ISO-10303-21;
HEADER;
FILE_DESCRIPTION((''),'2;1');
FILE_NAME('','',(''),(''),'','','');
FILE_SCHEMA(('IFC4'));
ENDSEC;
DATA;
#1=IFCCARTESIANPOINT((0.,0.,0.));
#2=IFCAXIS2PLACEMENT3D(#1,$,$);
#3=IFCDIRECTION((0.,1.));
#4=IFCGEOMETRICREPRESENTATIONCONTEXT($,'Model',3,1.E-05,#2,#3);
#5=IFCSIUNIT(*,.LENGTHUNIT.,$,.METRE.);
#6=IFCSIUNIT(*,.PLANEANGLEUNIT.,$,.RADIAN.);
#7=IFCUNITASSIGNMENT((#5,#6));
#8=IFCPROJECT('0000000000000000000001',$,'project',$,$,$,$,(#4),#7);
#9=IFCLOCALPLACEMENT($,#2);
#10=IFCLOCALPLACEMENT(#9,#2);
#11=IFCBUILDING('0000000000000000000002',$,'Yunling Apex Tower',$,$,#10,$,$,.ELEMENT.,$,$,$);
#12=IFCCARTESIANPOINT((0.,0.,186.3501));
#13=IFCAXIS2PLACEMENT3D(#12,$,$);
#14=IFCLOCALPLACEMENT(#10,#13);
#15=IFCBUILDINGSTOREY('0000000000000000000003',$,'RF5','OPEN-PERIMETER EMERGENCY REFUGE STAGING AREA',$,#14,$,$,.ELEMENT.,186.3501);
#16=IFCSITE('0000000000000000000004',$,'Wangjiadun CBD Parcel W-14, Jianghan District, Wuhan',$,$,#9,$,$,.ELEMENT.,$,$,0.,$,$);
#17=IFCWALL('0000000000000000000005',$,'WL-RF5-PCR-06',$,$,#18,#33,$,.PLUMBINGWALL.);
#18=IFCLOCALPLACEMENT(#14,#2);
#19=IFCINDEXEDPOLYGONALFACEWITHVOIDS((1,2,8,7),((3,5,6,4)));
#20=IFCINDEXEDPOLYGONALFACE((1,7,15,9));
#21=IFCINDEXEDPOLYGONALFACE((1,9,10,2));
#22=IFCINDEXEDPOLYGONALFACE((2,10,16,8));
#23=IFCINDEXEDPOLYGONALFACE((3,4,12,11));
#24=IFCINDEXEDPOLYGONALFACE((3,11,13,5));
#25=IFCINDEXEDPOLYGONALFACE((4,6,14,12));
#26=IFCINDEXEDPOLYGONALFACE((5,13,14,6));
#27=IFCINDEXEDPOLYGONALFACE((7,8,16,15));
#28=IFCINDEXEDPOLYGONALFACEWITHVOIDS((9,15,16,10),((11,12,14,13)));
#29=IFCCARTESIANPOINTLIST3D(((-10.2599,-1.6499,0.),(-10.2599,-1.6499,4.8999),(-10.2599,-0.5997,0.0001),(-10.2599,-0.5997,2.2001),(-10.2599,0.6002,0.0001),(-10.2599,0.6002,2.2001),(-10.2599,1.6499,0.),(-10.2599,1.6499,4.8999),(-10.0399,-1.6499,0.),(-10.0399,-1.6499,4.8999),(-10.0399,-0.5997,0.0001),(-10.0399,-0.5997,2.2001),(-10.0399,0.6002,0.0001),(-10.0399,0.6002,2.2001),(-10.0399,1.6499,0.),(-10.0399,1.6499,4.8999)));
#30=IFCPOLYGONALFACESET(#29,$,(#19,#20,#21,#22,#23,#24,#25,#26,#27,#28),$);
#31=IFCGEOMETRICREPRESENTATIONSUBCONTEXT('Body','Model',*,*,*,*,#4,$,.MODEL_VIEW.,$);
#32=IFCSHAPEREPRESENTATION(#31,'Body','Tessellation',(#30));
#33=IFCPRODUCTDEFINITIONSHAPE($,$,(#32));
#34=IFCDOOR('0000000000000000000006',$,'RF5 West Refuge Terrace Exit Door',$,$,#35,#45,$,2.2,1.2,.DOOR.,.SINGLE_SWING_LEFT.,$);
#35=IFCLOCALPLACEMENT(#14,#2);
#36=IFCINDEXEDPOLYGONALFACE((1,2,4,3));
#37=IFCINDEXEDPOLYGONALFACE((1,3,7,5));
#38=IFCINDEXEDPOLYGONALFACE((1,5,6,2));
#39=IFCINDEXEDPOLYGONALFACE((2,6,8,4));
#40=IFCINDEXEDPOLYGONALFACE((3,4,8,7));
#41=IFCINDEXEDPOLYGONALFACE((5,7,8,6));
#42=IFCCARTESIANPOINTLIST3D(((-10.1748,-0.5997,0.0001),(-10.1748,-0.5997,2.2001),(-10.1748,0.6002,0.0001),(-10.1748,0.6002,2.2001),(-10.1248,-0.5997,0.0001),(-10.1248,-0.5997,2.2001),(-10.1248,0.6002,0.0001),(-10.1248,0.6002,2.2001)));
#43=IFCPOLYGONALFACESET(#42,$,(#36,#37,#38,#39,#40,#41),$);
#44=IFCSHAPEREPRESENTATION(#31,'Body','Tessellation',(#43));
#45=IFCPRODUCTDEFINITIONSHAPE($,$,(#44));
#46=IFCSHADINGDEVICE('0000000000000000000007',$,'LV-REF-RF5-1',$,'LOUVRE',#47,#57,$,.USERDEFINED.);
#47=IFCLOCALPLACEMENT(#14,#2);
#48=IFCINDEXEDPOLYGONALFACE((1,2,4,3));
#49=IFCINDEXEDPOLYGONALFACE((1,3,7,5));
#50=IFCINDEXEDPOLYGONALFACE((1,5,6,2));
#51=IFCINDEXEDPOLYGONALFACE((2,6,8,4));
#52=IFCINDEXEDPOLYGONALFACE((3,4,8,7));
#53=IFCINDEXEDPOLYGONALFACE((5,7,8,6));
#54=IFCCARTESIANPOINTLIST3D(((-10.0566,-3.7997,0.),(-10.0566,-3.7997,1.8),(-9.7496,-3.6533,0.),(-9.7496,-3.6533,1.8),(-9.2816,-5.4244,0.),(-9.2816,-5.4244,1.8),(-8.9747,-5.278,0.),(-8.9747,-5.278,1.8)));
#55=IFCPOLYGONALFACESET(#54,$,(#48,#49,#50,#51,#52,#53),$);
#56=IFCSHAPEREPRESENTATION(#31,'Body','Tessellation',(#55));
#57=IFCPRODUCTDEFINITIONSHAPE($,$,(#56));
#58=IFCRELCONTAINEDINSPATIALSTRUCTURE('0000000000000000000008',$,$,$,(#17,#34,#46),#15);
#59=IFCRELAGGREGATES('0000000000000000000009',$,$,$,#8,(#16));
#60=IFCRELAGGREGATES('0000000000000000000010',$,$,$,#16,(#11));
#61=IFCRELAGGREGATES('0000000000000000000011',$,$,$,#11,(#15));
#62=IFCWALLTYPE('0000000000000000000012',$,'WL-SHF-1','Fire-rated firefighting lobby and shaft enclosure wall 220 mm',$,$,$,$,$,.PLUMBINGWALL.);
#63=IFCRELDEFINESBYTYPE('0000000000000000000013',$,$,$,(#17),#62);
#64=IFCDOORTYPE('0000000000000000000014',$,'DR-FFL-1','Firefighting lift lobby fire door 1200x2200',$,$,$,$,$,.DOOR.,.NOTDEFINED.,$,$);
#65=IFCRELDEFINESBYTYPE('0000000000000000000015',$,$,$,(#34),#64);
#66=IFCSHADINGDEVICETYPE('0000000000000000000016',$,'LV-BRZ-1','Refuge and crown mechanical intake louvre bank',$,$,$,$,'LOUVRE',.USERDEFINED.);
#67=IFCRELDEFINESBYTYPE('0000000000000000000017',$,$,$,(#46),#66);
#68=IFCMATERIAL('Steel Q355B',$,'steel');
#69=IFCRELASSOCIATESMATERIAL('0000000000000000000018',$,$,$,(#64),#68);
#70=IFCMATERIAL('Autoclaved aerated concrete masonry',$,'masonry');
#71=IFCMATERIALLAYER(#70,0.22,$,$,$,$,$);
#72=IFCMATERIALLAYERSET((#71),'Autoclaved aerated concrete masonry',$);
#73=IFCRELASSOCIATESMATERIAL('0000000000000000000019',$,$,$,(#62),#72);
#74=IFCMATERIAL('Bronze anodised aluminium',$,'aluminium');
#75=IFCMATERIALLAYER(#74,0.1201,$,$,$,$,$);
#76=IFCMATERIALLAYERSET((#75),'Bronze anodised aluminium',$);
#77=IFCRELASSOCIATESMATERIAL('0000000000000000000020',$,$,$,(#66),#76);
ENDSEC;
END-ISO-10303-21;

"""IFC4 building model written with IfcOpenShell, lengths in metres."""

from ifc_helpers import new_model, si_unit, direction, frame, frame_2d, origin, origin_2d, place, context, subcontext, project, spatial, rectangle, extrude, source, transform, mapped, material, layer, layer_set, type_object, element, fill, save


model = new_model("IFC4")

# Units and contexts
model_context = context("Model", 3, precision=1e-05, world=origin(), true_north=direction((0.0, 1.0)))
body_context = subcontext(model_context, "Body", "Model", "MODEL_VIEW")
ifc_project = project(units=[si_unit("LENGTHUNIT", "METRE"), si_unit("PLANEANGLEUNIT", "RADIAN")], contexts=[model_context])

# Site, building, storey
site_placement = place(None, origin())
site = spatial("IfcSite", under=ifc_project, at=site_placement, Name="Wangjiadun CBD Parcel W-14, Jianghan District, Wuhan", CompositionType="ELEMENT", RefElevation=0.0)
building_placement = place(site_placement, origin())
building = spatial("IfcBuilding", under=site, at=building_placement, Name="Yunling Apex Tower", CompositionType="ELEMENT")
storey_placement = place(building_placement, frame((0.0, 0.0, 186.3501)))
storey = spatial("IfcBuildingStorey", under=building, at=storey_placement, Name="RF5", Description="OPEN-PERIMETER EMERGENCY REFUGE STAGING AREA", CompositionType="ELEMENT", Elevation=186.3501)

# Shared definitions
ifc_material_1 = material(Name="Steel Q355B", Category="steel")

# Shared definitions
door_type = type_object("IfcDoorType", Name="DR-FFL-1", Description="Firefighting lift lobby fire door 1200x2200", OperationType="NOTDEFINED", PredefinedType="DOOR", material=ifc_material_1)

# Shared definitions
ifc_material_2 = material(Name="Autoclaved aerated concrete masonry", Category="masonry")
ifc_layer_1 = layer(ifc_material_2, 0.22)
ifc_layer_set_1 = layer_set([ifc_layer_1], Name="Autoclaved aerated concrete masonry")
wall_type_1 = type_object("IfcWallType", Name="WL-SHF-1", Description="Fire-rated firefighting lobby and shaft enclosure wall 220 mm", PredefinedType="PLUMBINGWALL", material=ifc_layer_set_1)

# Wall, opening, door
wall_1_placement = place(storey_placement, frame((-10.1499, -1.6499, 0.0), z_axis=(0.0, 0.0, 1.0), x_axis=(0.0, 1.0, 0.0)))
wall_1 = element("IfcWall", 1, at=wall_1_placement, inside=storey, type_object=wall_type_1, Name="WL-RF5-PCR-06", PredefinedType="PLUMBINGWALL", context=body_context, shape_type="SweptSolid", body=[
    extrude(rectangle(XDim=3.2998, YDim=0.22, at=frame_2d((1.6499, 0.0))), origin(), (0.0, 0.0, 1.0), 4.8999),
])
opening_1_placement = place(wall_1_placement, frame((1.05, 0.0, 0.0)))
opening_1 = element("IfcOpeningElement", 2, at=opening_1_placement, cuts=wall_1, PredefinedType="OPENING", context=body_context, shape_type="SweptSolid", body=[
    extrude(rectangle(XDim=1.2, YDim=2.2, at=frame_2d((0.6001, 1.1001))), frame((0.0, 0.1201, 0.0), z_axis=(0.0, -1.0, 0.0), x_axis=(1.0, 0.0, 0.0)), (0.0, 0.0, 1.0), 0.24),
])
door_1_placement = place(opening_1_placement, origin())
door_1 = element("IfcDoor", 3, at=door_1_placement, inside=storey, type_object=door_type, Name="RF5 West Refuge Terrace Exit Door", OperationType="SINGLE_SWING_LEFT", OverallHeight=2.2, OverallWidth=1.2, PredefinedType="DOOR", context=body_context, shape_type="SweptSolid", body=[
    extrude(rectangle(XDim=1.2, YDim=2.2, at=frame_2d((0.6001, 1.1001))), frame((0.0, 0.0249, 0.0), z_axis=(0.0, -1.0, 0.0), x_axis=(1.0, 0.0, 0.0)), (0.0, 0.0, 1.0), 0.05),
])
fill(opening_1, door_1)

# Shading device
ifc_material_3 = material(Name="Bronze anodised aluminium", Category="aluminium")
ifc_layer_2 = layer(ifc_material_3, 0.1201)
ifc_layer_set_2 = layer_set([ifc_layer_2], Name="Bronze anodised aluminium")
shading_device_type = type_object("IfcShadingDeviceType", Name="LV-BRZ-1", Description="Refuge and crown mechanical intake louvre bank", ElementType="LOUVRE", PredefinedType="USERDEFINED", material=ifc_layer_set_2)
shared_shape_1 = source(origin(), body_context, "Body", "SweptSolid", [
    extrude(rectangle(XDim=1.8, YDim=0.3401, at=origin_2d()), origin(), (0.0, 0.0, 1.0), 1.8),
])
shading_device_placement = place(storey_placement, frame((-9.5156, -4.5388, 0.0), z_axis=(0.0, 0.0, 1.0), x_axis=(-0.430511, 0.902585, 0.0)))
element("IfcShadingDevice", 4, at=shading_device_placement, inside=storey, type_object=shading_device_type, Name="LV-REF-RF5-1", ObjectType="LOUVRE", PredefinedType="USERDEFINED", context=body_context, shape_type="MappedRepresentation", body=[
    mapped(shared_shape_1, transform((0.0, 0.0, 0.0), scale=1.0)),
])

save(model, "model.ifc")
